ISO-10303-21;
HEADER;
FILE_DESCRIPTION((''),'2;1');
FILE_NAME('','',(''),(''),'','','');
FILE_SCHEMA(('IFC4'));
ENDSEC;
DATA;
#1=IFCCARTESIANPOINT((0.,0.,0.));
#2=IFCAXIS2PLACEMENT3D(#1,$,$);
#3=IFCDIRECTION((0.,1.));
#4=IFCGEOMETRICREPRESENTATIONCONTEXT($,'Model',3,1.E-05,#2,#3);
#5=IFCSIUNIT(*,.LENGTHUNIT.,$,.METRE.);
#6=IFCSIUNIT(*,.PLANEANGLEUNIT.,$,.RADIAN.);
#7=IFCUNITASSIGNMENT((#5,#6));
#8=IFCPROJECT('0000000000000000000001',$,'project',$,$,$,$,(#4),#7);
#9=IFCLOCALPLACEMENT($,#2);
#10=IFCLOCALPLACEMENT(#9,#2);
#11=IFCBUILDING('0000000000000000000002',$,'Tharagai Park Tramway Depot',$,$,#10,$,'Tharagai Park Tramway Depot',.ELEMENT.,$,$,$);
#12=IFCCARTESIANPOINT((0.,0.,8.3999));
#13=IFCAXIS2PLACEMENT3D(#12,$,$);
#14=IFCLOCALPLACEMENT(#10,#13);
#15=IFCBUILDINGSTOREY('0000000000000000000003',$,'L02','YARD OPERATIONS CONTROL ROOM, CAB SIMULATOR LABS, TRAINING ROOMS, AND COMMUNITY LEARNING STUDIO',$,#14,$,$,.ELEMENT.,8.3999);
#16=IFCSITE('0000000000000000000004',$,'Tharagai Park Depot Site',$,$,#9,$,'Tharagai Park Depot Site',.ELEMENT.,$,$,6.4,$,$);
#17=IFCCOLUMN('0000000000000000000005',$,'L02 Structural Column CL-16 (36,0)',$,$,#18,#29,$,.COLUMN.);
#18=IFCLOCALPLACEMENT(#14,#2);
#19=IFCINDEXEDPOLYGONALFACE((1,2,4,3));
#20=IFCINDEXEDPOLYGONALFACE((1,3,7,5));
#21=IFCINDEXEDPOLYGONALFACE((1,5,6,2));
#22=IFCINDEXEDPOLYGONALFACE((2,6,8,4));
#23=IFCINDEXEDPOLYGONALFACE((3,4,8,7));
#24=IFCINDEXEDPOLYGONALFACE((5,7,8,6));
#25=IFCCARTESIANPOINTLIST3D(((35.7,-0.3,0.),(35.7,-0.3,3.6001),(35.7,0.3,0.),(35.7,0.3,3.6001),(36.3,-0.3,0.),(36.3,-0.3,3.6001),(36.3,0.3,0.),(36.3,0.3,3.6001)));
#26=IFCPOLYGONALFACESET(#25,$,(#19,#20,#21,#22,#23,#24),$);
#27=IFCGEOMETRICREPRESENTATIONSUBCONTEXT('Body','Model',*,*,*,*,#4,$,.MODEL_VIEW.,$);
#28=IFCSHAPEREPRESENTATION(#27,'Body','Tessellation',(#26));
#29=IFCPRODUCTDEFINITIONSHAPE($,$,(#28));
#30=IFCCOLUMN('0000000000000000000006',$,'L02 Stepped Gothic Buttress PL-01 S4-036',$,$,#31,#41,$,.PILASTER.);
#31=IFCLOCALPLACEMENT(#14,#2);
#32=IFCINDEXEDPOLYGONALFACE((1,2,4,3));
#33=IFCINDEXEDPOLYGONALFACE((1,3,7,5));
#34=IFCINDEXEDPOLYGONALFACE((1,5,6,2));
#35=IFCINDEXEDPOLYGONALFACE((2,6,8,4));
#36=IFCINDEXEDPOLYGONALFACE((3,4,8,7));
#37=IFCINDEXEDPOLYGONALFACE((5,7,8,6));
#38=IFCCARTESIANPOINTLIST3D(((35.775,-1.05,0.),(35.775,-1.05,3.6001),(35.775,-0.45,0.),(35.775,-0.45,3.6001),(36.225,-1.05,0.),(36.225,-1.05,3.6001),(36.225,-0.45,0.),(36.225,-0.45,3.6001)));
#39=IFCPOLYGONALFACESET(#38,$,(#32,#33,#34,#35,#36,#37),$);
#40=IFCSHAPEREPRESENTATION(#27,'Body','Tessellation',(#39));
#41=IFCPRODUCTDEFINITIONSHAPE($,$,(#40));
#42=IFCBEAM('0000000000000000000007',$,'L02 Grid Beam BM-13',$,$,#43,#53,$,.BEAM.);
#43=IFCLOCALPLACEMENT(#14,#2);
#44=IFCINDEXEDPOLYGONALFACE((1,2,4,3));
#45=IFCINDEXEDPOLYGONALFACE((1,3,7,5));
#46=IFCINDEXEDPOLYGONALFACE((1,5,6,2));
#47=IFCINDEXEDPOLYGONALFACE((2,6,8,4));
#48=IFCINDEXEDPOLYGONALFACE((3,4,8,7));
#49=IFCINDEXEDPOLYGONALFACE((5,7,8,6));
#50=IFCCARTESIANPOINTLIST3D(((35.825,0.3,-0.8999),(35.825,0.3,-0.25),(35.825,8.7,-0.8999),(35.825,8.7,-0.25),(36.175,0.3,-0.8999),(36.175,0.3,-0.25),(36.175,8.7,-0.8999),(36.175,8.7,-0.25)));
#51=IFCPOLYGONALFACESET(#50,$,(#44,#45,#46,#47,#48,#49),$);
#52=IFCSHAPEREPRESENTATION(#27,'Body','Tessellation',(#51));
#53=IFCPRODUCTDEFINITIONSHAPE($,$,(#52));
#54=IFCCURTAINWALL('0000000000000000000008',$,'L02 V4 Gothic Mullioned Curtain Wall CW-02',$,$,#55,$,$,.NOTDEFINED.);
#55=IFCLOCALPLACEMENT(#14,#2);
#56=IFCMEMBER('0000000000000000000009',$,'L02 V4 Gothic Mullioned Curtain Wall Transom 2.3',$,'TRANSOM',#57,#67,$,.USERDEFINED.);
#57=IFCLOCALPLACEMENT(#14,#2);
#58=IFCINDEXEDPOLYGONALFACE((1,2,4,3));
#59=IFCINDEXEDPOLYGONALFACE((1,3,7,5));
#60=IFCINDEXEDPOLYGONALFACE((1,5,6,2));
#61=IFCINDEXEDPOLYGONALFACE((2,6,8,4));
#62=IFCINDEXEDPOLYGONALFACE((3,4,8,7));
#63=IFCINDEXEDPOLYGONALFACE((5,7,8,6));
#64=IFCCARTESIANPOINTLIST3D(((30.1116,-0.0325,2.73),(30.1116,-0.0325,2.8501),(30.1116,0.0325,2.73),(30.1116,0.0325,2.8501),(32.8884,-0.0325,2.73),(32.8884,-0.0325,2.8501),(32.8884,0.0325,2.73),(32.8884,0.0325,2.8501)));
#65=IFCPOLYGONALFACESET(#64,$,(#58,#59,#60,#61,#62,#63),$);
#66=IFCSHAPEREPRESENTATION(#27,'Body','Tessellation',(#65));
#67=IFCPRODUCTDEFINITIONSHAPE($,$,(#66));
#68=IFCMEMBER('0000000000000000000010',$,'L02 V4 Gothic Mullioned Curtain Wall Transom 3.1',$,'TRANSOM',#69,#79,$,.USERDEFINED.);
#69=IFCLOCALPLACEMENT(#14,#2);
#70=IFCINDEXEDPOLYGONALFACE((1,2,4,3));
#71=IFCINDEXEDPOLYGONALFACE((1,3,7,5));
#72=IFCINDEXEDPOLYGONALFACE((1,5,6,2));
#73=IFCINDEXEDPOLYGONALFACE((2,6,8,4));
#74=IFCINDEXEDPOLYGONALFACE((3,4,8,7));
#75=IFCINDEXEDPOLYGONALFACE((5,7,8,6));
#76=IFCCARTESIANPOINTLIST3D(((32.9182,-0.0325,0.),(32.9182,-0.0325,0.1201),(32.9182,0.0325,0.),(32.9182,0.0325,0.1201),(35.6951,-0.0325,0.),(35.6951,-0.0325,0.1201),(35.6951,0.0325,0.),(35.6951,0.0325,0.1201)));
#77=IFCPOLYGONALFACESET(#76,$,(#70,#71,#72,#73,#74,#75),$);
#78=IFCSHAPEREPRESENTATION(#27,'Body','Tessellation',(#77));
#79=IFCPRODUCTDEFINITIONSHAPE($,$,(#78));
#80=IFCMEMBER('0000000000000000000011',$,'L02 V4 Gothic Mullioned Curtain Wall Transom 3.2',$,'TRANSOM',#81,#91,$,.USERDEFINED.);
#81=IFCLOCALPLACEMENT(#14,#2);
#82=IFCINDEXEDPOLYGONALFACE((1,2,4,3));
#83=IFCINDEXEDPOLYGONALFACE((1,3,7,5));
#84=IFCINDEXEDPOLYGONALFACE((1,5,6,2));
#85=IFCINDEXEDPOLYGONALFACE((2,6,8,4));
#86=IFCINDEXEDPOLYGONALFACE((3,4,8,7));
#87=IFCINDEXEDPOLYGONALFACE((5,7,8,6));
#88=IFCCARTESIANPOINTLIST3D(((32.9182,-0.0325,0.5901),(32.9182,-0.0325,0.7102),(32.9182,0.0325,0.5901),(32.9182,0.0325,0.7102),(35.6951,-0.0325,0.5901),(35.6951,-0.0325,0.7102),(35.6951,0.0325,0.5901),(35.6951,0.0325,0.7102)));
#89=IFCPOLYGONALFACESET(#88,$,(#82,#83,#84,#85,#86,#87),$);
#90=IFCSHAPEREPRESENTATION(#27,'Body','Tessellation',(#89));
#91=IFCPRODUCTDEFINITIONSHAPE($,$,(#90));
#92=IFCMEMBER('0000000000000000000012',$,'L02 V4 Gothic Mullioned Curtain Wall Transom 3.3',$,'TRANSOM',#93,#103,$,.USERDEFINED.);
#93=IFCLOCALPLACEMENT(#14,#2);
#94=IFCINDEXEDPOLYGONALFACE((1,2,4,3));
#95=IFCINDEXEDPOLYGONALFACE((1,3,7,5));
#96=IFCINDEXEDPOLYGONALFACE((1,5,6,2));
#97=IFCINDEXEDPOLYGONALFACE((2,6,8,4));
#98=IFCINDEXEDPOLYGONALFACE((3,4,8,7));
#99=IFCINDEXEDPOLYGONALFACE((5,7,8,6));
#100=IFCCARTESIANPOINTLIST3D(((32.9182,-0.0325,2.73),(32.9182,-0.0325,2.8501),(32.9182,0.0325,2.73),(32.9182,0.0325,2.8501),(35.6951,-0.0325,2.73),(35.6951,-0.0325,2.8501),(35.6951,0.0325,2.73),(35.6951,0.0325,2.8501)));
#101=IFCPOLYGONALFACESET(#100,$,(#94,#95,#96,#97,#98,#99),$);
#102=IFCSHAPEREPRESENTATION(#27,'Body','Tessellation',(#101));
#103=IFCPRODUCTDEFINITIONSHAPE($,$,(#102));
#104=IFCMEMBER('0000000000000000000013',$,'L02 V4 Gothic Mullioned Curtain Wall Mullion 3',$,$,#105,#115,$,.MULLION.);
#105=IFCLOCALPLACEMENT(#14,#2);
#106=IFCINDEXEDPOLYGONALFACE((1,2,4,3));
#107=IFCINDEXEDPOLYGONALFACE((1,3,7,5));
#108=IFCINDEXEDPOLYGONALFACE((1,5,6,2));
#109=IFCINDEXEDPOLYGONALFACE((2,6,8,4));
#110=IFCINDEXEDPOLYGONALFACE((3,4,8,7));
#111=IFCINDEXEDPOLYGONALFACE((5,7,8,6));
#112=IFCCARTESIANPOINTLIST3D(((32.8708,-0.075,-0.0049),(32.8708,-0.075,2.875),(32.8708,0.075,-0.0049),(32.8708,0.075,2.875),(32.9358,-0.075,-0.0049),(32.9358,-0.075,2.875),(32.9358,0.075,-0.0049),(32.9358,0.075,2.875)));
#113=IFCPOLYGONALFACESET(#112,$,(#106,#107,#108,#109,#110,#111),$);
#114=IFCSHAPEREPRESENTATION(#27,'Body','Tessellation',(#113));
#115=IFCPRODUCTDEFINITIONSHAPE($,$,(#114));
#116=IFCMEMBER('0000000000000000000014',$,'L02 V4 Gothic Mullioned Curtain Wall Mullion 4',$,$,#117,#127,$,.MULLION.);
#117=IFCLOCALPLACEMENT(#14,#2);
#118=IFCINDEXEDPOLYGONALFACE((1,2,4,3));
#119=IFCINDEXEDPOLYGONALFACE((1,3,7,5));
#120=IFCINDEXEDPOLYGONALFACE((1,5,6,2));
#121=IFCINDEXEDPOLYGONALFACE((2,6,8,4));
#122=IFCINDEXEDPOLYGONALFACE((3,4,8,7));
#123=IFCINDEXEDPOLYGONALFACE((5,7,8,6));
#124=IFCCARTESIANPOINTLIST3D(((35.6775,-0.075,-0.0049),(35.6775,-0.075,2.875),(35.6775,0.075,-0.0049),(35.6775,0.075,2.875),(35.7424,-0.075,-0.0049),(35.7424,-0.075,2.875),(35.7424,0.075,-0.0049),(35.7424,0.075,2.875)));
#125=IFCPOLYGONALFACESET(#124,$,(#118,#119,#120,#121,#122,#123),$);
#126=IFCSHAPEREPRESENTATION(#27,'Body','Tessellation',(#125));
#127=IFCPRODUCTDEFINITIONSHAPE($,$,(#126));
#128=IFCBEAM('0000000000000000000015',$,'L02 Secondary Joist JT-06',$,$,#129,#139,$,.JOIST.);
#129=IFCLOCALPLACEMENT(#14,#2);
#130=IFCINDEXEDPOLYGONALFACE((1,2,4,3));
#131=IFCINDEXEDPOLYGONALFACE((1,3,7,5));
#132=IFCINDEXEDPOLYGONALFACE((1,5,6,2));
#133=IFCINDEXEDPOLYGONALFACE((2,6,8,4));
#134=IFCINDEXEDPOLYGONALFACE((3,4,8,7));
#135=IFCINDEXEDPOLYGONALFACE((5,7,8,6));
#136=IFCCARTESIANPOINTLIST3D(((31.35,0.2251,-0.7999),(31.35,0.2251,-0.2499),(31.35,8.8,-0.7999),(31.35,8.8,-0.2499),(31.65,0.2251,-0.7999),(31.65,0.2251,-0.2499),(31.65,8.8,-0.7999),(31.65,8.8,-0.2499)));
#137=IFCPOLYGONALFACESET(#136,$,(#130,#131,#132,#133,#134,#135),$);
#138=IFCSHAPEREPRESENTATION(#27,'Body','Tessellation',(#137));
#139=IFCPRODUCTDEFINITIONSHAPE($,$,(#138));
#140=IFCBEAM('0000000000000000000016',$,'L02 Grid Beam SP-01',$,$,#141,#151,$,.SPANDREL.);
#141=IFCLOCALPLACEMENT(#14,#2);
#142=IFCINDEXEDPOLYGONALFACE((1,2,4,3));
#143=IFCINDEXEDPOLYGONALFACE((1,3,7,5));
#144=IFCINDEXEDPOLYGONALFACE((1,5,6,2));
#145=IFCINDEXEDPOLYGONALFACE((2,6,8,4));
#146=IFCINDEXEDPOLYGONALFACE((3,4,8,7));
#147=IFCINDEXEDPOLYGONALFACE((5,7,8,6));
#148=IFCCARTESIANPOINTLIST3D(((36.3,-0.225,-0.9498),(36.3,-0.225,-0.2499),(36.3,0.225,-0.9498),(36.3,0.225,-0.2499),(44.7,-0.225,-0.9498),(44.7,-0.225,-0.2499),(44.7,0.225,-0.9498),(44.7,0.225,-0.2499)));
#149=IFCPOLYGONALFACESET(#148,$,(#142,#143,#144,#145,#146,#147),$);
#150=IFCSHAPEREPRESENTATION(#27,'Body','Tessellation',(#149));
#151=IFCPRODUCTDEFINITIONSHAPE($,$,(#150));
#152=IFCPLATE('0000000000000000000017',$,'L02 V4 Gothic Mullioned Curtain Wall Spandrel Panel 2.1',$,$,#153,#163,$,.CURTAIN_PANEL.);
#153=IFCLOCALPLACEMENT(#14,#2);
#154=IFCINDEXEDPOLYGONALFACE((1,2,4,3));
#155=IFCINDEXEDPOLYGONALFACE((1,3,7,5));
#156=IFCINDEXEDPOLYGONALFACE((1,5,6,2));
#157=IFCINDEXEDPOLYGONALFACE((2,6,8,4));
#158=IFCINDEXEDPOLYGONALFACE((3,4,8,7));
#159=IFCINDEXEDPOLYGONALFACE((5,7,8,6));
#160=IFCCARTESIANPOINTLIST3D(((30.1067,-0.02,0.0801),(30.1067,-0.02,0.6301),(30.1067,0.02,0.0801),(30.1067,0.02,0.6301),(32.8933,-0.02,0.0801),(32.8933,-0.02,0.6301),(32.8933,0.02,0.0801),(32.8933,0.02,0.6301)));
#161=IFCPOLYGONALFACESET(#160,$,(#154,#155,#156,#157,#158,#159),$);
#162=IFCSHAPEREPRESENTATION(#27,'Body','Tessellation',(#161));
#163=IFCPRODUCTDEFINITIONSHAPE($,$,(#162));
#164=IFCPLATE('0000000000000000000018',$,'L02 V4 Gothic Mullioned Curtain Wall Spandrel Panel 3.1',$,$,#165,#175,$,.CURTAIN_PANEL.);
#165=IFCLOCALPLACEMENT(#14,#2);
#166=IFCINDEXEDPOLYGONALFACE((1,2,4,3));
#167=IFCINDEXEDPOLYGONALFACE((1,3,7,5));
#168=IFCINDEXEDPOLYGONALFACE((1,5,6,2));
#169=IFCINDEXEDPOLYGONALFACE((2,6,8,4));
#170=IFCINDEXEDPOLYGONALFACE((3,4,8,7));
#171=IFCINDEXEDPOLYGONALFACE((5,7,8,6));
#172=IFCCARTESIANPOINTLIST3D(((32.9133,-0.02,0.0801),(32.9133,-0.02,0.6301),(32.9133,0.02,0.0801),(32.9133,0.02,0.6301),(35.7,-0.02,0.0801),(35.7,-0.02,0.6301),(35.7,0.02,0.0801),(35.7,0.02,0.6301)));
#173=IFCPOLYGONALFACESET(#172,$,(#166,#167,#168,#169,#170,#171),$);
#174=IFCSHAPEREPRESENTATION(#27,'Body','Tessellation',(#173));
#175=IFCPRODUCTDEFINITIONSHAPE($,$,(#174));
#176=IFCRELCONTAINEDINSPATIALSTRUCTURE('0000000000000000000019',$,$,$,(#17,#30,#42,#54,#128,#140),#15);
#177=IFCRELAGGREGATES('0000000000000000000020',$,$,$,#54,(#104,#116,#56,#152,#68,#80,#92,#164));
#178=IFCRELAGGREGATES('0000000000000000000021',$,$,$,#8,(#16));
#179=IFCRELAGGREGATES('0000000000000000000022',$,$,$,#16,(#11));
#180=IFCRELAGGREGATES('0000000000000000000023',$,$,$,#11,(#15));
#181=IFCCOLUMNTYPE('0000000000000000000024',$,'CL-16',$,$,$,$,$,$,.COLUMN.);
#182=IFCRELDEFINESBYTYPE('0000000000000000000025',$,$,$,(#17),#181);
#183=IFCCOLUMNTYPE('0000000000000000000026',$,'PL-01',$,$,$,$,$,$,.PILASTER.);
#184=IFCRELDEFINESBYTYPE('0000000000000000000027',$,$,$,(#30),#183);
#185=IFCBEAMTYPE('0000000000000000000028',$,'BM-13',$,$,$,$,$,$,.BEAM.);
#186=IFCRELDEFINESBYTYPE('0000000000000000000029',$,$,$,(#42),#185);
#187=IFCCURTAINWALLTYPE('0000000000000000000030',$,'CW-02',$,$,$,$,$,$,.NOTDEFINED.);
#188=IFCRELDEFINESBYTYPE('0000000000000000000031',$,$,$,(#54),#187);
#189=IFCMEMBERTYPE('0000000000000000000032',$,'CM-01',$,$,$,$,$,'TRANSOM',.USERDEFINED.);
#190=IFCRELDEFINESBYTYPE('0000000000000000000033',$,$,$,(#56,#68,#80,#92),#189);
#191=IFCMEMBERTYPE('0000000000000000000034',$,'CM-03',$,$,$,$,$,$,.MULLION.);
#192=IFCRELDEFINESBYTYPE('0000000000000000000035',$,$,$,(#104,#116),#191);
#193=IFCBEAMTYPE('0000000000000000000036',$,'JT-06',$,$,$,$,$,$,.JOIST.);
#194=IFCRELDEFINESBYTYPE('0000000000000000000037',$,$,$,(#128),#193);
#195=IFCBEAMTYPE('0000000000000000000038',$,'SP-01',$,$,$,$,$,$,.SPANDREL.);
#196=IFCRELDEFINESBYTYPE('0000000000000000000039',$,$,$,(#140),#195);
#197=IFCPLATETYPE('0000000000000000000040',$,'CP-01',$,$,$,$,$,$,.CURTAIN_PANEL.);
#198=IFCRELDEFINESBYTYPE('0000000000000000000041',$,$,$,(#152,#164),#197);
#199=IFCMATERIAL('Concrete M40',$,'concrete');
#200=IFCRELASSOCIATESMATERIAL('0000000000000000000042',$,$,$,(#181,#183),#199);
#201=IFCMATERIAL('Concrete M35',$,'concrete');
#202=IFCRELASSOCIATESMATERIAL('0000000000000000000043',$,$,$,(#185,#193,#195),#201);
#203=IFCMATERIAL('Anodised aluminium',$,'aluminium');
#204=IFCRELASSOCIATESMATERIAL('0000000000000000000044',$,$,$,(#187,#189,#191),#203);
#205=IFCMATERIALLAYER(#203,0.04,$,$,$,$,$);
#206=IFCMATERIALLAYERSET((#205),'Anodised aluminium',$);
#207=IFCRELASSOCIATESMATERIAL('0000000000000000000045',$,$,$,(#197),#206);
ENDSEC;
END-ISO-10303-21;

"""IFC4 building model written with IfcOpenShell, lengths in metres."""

from ifc_helpers import new_model, si_unit, direction, frame, origin, origin_2d, place, context, subcontext, project, spatial, rectangle, extrude, material, layer, layer_set, material_profile, profile_set, type_object, element, aggregate, save


model = new_model("IFC4")

# Units and contexts
model_context = context("Model", 3, precision=1e-05, world=origin(), true_north=direction((0.0, 1.0)))
body_context = subcontext(model_context, "Body", "Model", "MODEL_VIEW")
ifc_project = project(units=[si_unit("LENGTHUNIT", "METRE"), si_unit("PLANEANGLEUNIT", "RADIAN")], contexts=[model_context])

# Site, building, storey
site_placement = place(None, origin())
site = spatial("IfcSite", under=ifc_project, at=site_placement, Name="Tharagai Park Depot Site", LongName="Tharagai Park Depot Site", CompositionType="ELEMENT", RefElevation=6.4)
building_placement = place(site_placement, origin())
building = spatial("IfcBuilding", under=site, at=building_placement, Name="Tharagai Park Tramway Depot", LongName="Tharagai Park Tramway Depot", CompositionType="ELEMENT")
storey_placement = place(building_placement, frame((0.0, 0.0, 8.3999)))
storey = spatial("IfcBuildingStorey", under=building, at=storey_placement, Name="L02", Description="YARD OPERATIONS CONTROL ROOM, CAB SIMULATOR LABS, TRAINING ROOMS, AND COMMUNITY LEARNING STUDIO", CompositionType="ELEMENT", Elevation=8.3999)

# Columns
ifc_material_1 = material(Name="Concrete M40", Category="concrete")
ifc_material_profile_1 = material_profile(ifc_material_1, rectangle(XDim=0.6001, YDim=0.6001, at=origin_2d()), Name="RC 600x600")
ifc_profile_set_1 = profile_set([ifc_material_profile_1], Name="Concrete M40")
column_type_1 = type_object("IfcColumnType", Name="CL-16", PredefinedType="COLUMN", material=ifc_profile_set_1)
column_1_placement = place(storey_placement, frame((36.0, 0.0, 0.0), z_axis=(0.0, 0.0, 1.0), x_axis=(1.0, 0.0, 0.0)))
element("IfcColumn", 1, at=column_1_placement, inside=storey, type_object=column_type_1, Name="L02 Structural Column CL-16 (36,0)", PredefinedType="COLUMN", context=body_context, shape_type="SweptSolid", body=[
    extrude(rectangle(XDim=0.6001, YDim=0.6001, at=origin_2d()), origin(), (0.0, 0.0, 1.0), 3.6001),
])
ifc_material_profile_2 = material_profile(ifc_material_1, rectangle(XDim=0.45, YDim=0.6001, at=origin_2d()), Name="RC 450x600")
ifc_profile_set_2 = profile_set([ifc_material_profile_2], Name="Concrete M40")
column_type_2 = type_object("IfcColumnType", Name="PL-01", PredefinedType="PILASTER", material=ifc_profile_set_2)
column_2_placement = place(storey_placement, frame((36.0, -0.75, 0.0), z_axis=(0.0, 0.0, 1.0), x_axis=(1.0, 0.0, 0.0)))
element("IfcColumn", 2, at=column_2_placement, inside=storey, type_object=column_type_2, Name="L02 Stepped Gothic Buttress PL-01 S4-036", PredefinedType="PILASTER", context=body_context, shape_type="SweptSolid", body=[
    extrude(rectangle(XDim=0.45, YDim=0.6001, at=origin_2d()), origin(), (0.0, 0.0, 1.0), 3.6001),
])

# Beam
ifc_material_2 = material(Name="Concrete M35", Category="concrete")
ifc_material_profile_3 = material_profile(ifc_material_2, rectangle(XDim=0.3501, YDim=0.6499, at=origin_2d()), Name="RC 350x650")
ifc_profile_set_3 = profile_set([ifc_material_profile_3], Name="Concrete M35")
beam_type_1 = type_object("IfcBeamType", Name="BM-13", PredefinedType="BEAM", material=ifc_profile_set_3)
beam_1_placement = place(storey_placement, frame((36.0, 0.3, -0.575), z_axis=(0.0, 1.0, 0.0), x_axis=(-1.0, 0.0, 0.0)))
element("IfcBeam", 3, at=beam_1_placement, inside=storey, type_object=beam_type_1, Name="L02 Grid Beam BM-13", PredefinedType="BEAM", context=body_context, shape_type="SweptSolid", body=[
    extrude(rectangle(XDim=0.3501, YDim=0.6499, at=origin_2d()), origin(), (0.0, 0.0, 1.0), 8.3999),
])

# Curtain wall, members
ifc_material_3 = material(Name="Anodised aluminium", Category="aluminium")
curtain_wall_type = type_object("IfcCurtainWallType", Name="CW-02", PredefinedType="NOTDEFINED", material=ifc_material_3)
curtain_wall_placement = place(storey_placement, origin())
curtain_wall = element("IfcCurtainWall", 4, at=curtain_wall_placement, inside=storey, type_object=curtain_wall_type, Name="L02 V4 Gothic Mullioned Curtain Wall CW-02", PredefinedType="NOTDEFINED")
ifc_material_profile_4 = material_profile(ifc_material_3, rectangle(XDim=0.0649, YDim=0.1201, at=origin_2d()), Name="ALU 65x120")
ifc_profile_set_4 = profile_set([ifc_material_profile_4], Name="Anodised aluminium")
member_type_1 = type_object("IfcMemberType", Name="CM-01", ElementType="TRANSOM", PredefinedType="USERDEFINED", material=ifc_profile_set_4)
member_1_placement = place(storey_placement, frame((30.1116, 0.0, 2.79), z_axis=(1.0, 0.0, 0.0), x_axis=(0.0, 1.0, 0.0)))
member_1 = element("IfcMember", 5, at=member_1_placement, type_object=member_type_1, Name="L02 V4 Gothic Mullioned Curtain Wall Transom 2.3", ObjectType="TRANSOM", PredefinedType="USERDEFINED", context=body_context, shape_type="SweptSolid", body=[
    extrude(rectangle(XDim=0.0649, YDim=0.1201, at=origin_2d()), origin(), (0.0, 0.0, 1.0), 2.7769),
])
member_2_placement = place(storey_placement, frame((32.9182, 0.0, 0.0601), z_axis=(1.0, 0.0, 0.0), x_axis=(0.0, 1.0, 0.0)))
member_2 = element("IfcMember", 6, at=member_2_placement, type_object=member_type_1, Name="L02 V4 Gothic Mullioned Curtain Wall Transom 3.1", ObjectType="TRANSOM", PredefinedType="USERDEFINED", context=body_context, shape_type="SweptSolid", body=[
    extrude(rectangle(XDim=0.0649, YDim=0.1201, at=origin_2d()), origin(), (0.0, 0.0, 1.0), 2.7769),
])
member_3_placement = place(storey_placement, frame((32.9182, 0.0, 0.6501), z_axis=(1.0, 0.0, 0.0), x_axis=(0.0, 1.0, 0.0)))
member_3 = element("IfcMember", 7, at=member_3_placement, type_object=member_type_1, Name="L02 V4 Gothic Mullioned Curtain Wall Transom 3.2", ObjectType="TRANSOM", PredefinedType="USERDEFINED", context=body_context, shape_type="SweptSolid", body=[
    extrude(rectangle(XDim=0.0649, YDim=0.1201, at=origin_2d()), origin(), (0.0, 0.0, 1.0), 2.7769),
])
member_4_placement = place(storey_placement, frame((32.9182, 0.0, 2.79), z_axis=(1.0, 0.0, 0.0), x_axis=(0.0, 1.0, 0.0)))
member_4 = element("IfcMember", 8, at=member_4_placement, type_object=member_type_1, Name="L02 V4 Gothic Mullioned Curtain Wall Transom 3.3", ObjectType="TRANSOM", PredefinedType="USERDEFINED", context=body_context, shape_type="SweptSolid", body=[
    extrude(rectangle(XDim=0.0649, YDim=0.1201, at=origin_2d()), origin(), (0.0, 0.0, 1.0), 2.7769),
])
ifc_material_profile_5 = material_profile(ifc_material_3, rectangle(XDim=0.0649, YDim=0.1499, at=origin_2d()), Name="ALU 65x150")
ifc_profile_set_5 = profile_set([ifc_material_profile_5], Name="Anodised aluminium")
member_type_2 = type_object("IfcMemberType", Name="CM-03", PredefinedType="MULLION", material=ifc_profile_set_5)
member_5_placement = place(storey_placement, frame((32.9033, 0.0, -0.0049), z_axis=(0.0, 0.0, 1.0), x_axis=(1.0, 0.0, 0.0)))
member_5 = element("IfcMember", 9, at=member_5_placement, type_object=member_type_2, Name="L02 V4 Gothic Mullioned Curtain Wall Mullion 3", PredefinedType="MULLION", context=body_context, shape_type="SweptSolid", body=[
    extrude(rectangle(XDim=0.0649, YDim=0.1499, at=origin_2d()), origin(), (0.0, 0.0, 1.0), 2.8799),
])
member_6_placement = place(storey_placement, frame((35.71, 0.0, -0.0049), z_axis=(0.0, 0.0, 1.0), x_axis=(1.0, 0.0, 0.0)))
member_6 = element("IfcMember", 10, at=member_6_placement, type_object=member_type_2, Name="L02 V4 Gothic Mullioned Curtain Wall Mullion 4", PredefinedType="MULLION", context=body_context, shape_type="SweptSolid", body=[
    extrude(rectangle(XDim=0.0649, YDim=0.1499, at=origin_2d()), origin(), (0.0, 0.0, 1.0), 2.8799),
])

# Beams
ifc_material_profile_6 = material_profile(ifc_material_2, rectangle(XDim=0.3, YDim=0.55, at=origin_2d()), Name="RC 300x550")
ifc_profile_set_6 = profile_set([ifc_material_profile_6], Name="Concrete M35")
beam_type_2 = type_object("IfcBeamType", Name="JT-06", PredefinedType="JOIST", material=ifc_profile_set_6)
beam_2_placement = place(storey_placement, frame((31.5, 0.2251, -0.5249), z_axis=(0.0, 1.0, 0.0), x_axis=(-1.0, 0.0, 0.0)))
element("IfcBeam", 11, at=beam_2_placement, inside=storey, type_object=beam_type_2, Name="L02 Secondary Joist JT-06", PredefinedType="JOIST", context=body_context, shape_type="SweptSolid", body=[
    extrude(rectangle(XDim=0.3, YDim=0.55, at=origin_2d()), origin(), (0.0, 0.0, 1.0), 8.575),
])
ifc_material_profile_7 = material_profile(ifc_material_2, rectangle(XDim=0.45, YDim=0.7, at=origin_2d()), Name="RC 450x700")
ifc_profile_set_7 = profile_set([ifc_material_profile_7], Name="Concrete M35")
beam_type_3 = type_object("IfcBeamType", Name="SP-01", PredefinedType="SPANDREL", material=ifc_profile_set_7)
beam_3_placement = place(storey_placement, frame((36.3, 0.0, -0.5999), z_axis=(1.0, 0.0, 0.0), x_axis=(0.0, 1.0, 0.0)))
element("IfcBeam", 12, at=beam_3_placement, inside=storey, type_object=beam_type_3, Name="L02 Grid Beam SP-01", PredefinedType="SPANDREL", context=body_context, shape_type="SweptSolid", body=[
    extrude(rectangle(XDim=0.45, YDim=0.7, at=origin_2d()), origin(), (0.0, 0.0, 1.0), 8.3999),
])

# Plates
ifc_layer_1 = layer(ifc_material_3, 0.04)
ifc_layer_set_1 = layer_set([ifc_layer_1], Name="Anodised aluminium")
plate_type_1 = type_object("IfcPlateType", Name="CP-01", PredefinedType="CURTAIN_PANEL", material=ifc_layer_set_1)
plate_1_placement = place(storey_placement, frame((31.5, 0.0, 0.0801), z_axis=(0.0, 0.0, 1.0), x_axis=(1.0, 0.0, 0.0)))
plate_1 = element("IfcPlate", 13, at=plate_1_placement, type_object=plate_type_1, Name="L02 V4 Gothic Mullioned Curtain Wall Spandrel Panel 2.1", PredefinedType="CURTAIN_PANEL", context=body_context, shape_type="SweptSolid", body=[
    extrude(rectangle(XDim=2.7866, YDim=0.04, at=origin_2d()), origin(), (0.0, 0.0, 1.0), 0.55),
])
plate_2_placement = place(storey_placement, frame((34.3066, 0.0, 0.0801), z_axis=(0.0, 0.0, 1.0), x_axis=(1.0, 0.0, 0.0)))
plate_2 = element("IfcPlate", 14, at=plate_2_placement, type_object=plate_type_1, Name="L02 V4 Gothic Mullioned Curtain Wall Spandrel Panel 3.1", PredefinedType="CURTAIN_PANEL", context=body_context, shape_type="SweptSolid", body=[
    extrude(rectangle(XDim=2.7866, YDim=0.04, at=origin_2d()), origin(), (0.0, 0.0, 1.0), 0.55),
])
aggregate(curtain_wall, [member_5, member_6, member_1, plate_1, member_2, member_3, member_4, plate_2])

save(model, "model.ifc")
